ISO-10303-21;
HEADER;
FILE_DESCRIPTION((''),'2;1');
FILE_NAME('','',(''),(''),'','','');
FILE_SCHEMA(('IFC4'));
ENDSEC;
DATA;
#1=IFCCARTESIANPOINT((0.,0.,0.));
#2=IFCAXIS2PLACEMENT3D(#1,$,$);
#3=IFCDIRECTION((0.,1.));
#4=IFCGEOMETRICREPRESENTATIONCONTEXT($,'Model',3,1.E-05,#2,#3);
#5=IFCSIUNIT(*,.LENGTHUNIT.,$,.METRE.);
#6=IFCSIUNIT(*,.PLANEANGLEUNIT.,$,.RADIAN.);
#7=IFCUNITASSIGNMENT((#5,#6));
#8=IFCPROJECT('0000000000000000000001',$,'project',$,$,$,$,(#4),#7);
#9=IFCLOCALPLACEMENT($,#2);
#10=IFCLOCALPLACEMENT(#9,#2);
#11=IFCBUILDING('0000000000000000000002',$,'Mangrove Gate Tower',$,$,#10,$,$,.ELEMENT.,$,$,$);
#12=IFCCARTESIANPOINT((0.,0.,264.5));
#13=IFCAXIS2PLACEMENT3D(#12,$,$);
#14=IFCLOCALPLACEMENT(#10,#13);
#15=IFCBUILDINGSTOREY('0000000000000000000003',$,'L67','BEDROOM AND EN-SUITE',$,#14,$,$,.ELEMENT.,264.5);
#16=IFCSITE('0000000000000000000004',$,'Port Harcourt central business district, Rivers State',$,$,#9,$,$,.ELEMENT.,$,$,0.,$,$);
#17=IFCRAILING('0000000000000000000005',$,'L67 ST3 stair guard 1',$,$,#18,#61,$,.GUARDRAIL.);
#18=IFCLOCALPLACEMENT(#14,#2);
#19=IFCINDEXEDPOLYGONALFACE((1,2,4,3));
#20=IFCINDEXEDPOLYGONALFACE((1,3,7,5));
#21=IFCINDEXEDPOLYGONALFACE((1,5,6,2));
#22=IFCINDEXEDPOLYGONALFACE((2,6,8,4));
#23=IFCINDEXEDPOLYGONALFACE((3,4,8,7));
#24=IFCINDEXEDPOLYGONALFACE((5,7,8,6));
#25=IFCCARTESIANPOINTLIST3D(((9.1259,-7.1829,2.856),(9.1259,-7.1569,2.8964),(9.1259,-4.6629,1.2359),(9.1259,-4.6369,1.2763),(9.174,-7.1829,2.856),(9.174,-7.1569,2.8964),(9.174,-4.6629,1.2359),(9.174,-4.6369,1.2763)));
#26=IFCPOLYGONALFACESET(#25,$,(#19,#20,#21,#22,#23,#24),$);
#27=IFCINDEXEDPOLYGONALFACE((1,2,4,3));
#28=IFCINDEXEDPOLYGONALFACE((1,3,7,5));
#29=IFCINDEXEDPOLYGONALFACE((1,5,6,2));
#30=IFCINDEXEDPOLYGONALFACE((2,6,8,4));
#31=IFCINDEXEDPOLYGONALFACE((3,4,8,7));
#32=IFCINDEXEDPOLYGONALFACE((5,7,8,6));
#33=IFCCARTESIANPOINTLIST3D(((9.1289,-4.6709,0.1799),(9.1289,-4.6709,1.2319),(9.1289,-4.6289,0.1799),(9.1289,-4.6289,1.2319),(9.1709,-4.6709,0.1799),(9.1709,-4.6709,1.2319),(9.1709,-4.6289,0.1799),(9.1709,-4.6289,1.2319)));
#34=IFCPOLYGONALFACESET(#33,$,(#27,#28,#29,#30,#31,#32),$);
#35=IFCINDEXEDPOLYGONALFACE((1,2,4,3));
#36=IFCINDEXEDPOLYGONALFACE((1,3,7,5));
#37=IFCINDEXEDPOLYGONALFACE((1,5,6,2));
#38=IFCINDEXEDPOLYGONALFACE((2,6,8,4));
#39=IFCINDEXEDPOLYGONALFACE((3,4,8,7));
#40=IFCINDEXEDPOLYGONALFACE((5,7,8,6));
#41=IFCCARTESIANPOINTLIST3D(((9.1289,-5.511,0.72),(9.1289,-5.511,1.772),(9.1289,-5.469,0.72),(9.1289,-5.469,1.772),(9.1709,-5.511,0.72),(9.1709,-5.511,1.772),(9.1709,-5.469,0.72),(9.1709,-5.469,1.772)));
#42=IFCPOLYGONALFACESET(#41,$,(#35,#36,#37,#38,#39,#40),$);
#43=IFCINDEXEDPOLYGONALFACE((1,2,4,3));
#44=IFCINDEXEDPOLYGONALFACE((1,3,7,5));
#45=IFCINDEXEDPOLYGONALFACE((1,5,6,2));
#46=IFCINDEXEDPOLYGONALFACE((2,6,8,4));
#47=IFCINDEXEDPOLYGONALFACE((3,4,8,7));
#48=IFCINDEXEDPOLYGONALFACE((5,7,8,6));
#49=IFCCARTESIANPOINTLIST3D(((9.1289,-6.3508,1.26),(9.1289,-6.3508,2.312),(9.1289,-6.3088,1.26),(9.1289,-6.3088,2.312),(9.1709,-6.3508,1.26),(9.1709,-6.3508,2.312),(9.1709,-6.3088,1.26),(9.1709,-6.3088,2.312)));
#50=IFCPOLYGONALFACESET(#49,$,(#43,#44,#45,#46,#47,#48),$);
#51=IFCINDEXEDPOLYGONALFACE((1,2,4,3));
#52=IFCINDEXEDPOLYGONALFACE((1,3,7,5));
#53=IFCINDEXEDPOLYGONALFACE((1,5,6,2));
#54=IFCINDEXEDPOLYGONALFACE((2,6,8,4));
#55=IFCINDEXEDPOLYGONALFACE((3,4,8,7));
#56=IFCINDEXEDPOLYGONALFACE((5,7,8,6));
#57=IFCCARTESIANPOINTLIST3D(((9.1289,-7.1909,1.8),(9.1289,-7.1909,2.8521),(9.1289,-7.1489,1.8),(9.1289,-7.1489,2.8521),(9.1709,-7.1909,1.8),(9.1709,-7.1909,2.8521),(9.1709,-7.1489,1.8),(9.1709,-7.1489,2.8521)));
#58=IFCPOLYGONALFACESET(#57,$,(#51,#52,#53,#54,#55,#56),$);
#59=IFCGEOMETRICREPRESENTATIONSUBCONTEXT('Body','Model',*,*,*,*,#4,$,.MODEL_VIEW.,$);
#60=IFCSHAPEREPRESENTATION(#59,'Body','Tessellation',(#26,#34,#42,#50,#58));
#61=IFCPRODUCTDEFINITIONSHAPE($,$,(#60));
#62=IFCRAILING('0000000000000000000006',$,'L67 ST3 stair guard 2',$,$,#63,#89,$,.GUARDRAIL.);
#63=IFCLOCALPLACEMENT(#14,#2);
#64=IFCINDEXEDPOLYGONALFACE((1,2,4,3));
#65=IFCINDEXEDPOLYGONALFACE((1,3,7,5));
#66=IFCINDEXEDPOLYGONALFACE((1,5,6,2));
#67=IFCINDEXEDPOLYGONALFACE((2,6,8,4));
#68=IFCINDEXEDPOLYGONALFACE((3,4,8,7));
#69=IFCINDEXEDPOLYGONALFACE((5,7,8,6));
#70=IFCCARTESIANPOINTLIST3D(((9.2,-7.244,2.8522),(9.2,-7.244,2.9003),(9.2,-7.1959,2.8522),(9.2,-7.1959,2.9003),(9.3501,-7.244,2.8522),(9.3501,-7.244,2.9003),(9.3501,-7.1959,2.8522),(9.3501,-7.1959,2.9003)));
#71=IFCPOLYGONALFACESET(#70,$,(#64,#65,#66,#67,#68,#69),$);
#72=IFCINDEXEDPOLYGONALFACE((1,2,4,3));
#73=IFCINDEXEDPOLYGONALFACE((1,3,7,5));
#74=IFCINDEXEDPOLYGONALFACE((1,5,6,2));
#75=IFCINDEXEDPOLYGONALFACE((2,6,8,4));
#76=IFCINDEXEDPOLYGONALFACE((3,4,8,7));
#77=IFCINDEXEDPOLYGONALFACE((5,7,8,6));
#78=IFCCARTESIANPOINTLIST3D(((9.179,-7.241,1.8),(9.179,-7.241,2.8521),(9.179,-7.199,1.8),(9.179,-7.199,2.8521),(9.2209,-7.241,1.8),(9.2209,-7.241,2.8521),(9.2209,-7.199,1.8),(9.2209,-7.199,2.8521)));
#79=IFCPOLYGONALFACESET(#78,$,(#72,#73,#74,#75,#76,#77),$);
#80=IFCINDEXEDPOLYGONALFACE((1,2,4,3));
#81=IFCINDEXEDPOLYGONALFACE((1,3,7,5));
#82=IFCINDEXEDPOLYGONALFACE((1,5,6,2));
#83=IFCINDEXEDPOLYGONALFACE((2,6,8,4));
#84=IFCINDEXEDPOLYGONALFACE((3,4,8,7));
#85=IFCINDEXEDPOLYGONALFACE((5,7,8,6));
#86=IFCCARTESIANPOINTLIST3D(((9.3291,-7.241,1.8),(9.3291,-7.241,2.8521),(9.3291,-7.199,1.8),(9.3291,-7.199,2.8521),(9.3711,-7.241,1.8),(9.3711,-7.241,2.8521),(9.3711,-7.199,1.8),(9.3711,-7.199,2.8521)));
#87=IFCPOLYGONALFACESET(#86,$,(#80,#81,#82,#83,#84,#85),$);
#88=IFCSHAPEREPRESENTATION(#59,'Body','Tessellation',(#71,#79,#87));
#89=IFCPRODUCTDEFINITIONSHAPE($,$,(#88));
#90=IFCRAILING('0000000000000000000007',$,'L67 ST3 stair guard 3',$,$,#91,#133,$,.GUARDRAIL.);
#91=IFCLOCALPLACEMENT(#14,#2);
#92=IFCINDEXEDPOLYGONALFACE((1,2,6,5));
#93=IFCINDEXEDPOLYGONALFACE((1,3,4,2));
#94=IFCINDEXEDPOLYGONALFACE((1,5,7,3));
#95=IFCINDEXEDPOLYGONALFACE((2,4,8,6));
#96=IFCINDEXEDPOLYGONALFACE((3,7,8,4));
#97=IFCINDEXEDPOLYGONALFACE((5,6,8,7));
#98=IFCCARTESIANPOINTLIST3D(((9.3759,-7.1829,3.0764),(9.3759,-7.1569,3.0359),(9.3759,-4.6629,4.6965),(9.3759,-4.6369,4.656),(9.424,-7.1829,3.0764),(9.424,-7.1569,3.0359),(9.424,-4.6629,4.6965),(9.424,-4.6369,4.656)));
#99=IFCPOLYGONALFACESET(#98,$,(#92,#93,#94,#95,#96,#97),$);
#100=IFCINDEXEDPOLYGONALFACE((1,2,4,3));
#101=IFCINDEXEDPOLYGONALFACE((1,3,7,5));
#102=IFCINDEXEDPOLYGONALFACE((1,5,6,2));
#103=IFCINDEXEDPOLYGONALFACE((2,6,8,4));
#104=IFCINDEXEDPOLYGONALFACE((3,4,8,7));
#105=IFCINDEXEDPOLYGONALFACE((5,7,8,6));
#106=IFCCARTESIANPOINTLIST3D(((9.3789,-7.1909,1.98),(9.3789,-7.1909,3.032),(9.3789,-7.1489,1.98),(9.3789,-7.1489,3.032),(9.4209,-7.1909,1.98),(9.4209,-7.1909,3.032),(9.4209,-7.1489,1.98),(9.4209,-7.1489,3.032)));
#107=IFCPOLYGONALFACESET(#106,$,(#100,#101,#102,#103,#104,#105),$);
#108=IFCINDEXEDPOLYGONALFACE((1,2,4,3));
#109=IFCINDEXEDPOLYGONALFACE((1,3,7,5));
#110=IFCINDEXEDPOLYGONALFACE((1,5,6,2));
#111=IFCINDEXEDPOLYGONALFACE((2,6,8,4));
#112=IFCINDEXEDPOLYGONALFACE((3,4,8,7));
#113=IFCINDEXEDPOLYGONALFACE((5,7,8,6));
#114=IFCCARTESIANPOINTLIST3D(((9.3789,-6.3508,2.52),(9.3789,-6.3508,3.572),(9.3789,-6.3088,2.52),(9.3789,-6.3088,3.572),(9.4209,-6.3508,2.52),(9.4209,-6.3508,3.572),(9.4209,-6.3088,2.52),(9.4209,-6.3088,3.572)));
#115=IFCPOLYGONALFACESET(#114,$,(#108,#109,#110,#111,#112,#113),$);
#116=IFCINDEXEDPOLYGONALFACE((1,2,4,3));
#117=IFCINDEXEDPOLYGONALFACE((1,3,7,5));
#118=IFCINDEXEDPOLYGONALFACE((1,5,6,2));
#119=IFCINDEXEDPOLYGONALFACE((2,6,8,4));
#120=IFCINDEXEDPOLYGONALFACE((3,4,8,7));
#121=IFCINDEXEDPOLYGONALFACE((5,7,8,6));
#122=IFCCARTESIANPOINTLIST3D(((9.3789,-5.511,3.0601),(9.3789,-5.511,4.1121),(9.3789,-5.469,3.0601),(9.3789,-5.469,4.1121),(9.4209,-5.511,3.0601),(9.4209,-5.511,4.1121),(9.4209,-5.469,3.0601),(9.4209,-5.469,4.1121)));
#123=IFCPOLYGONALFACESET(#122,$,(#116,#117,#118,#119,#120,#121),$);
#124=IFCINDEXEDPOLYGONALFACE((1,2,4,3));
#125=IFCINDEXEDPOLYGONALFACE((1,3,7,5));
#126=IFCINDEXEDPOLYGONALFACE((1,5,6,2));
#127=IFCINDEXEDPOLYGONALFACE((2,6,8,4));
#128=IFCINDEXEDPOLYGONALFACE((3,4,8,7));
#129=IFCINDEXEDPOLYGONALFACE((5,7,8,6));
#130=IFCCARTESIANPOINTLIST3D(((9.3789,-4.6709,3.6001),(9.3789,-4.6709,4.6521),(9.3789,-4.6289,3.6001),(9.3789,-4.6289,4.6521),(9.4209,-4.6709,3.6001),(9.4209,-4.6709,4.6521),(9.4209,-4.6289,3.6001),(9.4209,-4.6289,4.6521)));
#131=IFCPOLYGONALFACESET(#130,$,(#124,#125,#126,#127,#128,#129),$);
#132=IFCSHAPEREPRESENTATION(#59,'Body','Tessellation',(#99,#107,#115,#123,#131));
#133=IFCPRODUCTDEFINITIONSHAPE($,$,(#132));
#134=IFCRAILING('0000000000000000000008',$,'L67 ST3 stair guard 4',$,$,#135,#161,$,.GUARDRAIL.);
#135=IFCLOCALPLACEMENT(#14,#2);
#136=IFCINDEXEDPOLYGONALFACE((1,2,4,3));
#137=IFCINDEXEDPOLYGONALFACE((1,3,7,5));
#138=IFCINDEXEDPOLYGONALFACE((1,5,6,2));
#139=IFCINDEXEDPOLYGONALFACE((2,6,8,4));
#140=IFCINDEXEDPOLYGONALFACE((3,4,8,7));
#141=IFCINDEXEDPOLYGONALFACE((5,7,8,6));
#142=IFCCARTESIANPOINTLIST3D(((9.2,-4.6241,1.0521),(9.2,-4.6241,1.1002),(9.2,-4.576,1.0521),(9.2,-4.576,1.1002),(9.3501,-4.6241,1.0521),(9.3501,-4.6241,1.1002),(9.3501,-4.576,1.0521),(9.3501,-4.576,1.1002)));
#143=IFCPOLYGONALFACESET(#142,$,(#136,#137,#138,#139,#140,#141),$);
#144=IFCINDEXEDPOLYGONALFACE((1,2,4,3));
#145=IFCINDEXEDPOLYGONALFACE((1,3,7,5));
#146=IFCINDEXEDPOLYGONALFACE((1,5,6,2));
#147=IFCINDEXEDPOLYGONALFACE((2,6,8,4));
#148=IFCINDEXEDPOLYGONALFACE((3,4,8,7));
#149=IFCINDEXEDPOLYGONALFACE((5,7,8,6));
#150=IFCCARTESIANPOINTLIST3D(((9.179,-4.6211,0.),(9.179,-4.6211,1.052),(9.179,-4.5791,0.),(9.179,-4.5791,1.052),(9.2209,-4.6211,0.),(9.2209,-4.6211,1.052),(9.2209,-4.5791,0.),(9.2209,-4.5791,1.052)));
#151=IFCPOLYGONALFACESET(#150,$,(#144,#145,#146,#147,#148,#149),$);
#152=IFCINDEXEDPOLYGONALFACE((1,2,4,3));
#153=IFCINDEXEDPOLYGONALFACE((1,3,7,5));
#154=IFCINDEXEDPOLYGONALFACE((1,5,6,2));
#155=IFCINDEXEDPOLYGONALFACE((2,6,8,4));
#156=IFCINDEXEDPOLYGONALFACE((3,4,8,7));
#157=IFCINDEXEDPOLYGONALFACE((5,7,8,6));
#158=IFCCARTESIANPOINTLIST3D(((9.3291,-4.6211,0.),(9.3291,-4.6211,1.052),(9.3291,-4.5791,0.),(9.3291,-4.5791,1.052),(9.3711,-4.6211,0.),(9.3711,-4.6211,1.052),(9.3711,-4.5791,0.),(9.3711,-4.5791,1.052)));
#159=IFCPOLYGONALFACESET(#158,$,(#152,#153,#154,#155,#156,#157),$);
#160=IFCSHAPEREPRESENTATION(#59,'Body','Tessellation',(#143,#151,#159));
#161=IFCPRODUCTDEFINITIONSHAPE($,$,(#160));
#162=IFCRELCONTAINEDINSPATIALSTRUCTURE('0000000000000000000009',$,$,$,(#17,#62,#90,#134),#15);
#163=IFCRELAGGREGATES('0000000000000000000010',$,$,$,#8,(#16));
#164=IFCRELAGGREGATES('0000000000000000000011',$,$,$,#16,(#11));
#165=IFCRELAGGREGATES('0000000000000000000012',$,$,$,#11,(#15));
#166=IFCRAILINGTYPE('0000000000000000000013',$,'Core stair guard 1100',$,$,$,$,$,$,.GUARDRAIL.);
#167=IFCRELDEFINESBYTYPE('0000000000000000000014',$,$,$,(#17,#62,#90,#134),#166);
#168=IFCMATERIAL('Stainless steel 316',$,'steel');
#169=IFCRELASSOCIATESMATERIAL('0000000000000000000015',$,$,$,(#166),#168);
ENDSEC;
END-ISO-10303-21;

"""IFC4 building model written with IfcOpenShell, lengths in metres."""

from ifc_helpers import new_model, si_unit, direction, frame, origin, origin_2d, place, context, subcontext, project, spatial, rectangle, extrude, material, type_object, element, save


model = new_model("IFC4")

# Units and contexts
model_context = context("Model", 3, precision=1e-05, world=origin(), true_north=direction((0.0, 1.0)))
body_context = subcontext(model_context, "Body", "Model", "MODEL_VIEW")
ifc_project = project(units=[si_unit("LENGTHUNIT", "METRE"), si_unit("PLANEANGLEUNIT", "RADIAN")], contexts=[model_context])

# Site, building, storey
site_placement = place(None, origin())
site = spatial("IfcSite", under=ifc_project, at=site_placement, Name="Port Harcourt central business district, Rivers State", CompositionType="ELEMENT", RefElevation=0.0)
building_placement = place(site_placement, origin())
building = spatial("IfcBuilding", under=site, at=building_placement, Name="Mangrove Gate Tower", CompositionType="ELEMENT")
storey_placement = place(building_placement, frame((0.0, 0.0, 264.5)))
storey = spatial("IfcBuildingStorey", under=building, at=storey_placement, Name="L67", Description="BEDROOM AND EN-SUITE", CompositionType="ELEMENT", Elevation=264.5)

# Railings
ifc_material_1 = material(Name="Stainless steel 316", Category="steel")
railing_type_1 = type_object("IfcRailingType", Name="Core stair guard 1100", PredefinedType="GUARDRAIL", material=ifc_material_1)
railing_1_placement = place(storey_placement, frame((9.1499, -4.6499, 0.1799)))
element("IfcRailing", 1, at=railing_1_placement, inside=storey, type_object=railing_type_1, Name="L67 ST3 stair guard 1", PredefinedType="GUARDRAIL", context=body_context, shape_type="SweptSolid", body=[
    extrude(rectangle(XDim=0.0481, YDim=0.0481, at=origin_2d()), frame((0.0, 0.0, 1.0762), z_axis=(0.0, -0.841163, 0.540782), x_axis=(1.0, 0.0, 0.0)), (0.0, 0.0, 1.0), 2.9958),
    extrude(rectangle(XDim=0.042, YDim=0.042, at=origin_2d()), origin(), (0.0, 0.0, 1.0), 1.052),
    extrude(rectangle(XDim=0.042, YDim=0.042, at=origin_2d()), frame((0.0, -0.8401, 0.54)), (0.0, 0.0, 1.0), 1.052),
    extrude(rectangle(XDim=0.042, YDim=0.042, at=origin_2d()), frame((0.0, -1.6799, 1.0801)), (0.0, 0.0, 1.0), 1.052),
    extrude(rectangle(XDim=0.042, YDim=0.042, at=origin_2d()), frame((0.0, -2.52, 1.6201)), (0.0, 0.0, 1.0), 1.052),
])
railing_2_placement = place(storey_placement, frame((9.2, -7.22, 1.8)))
element("IfcRailing", 2, at=railing_2_placement, inside=storey, type_object=railing_type_1, Name="L67 ST3 stair guard 2", PredefinedType="GUARDRAIL", context=body_context, shape_type="SweptSolid", body=[
    extrude(rectangle(XDim=0.0481, YDim=0.0481, at=origin_2d()), frame((0.0, 0.0, 1.0762), z_axis=(1.0, 0.0, 0.0), x_axis=(0.0, 1.0, 0.0)), (0.0, 0.0, 1.0), 0.1501),
    extrude(rectangle(XDim=0.042, YDim=0.042, at=origin_2d()), origin(), (0.0, 0.0, 1.0), 1.052),
    extrude(rectangle(XDim=0.042, YDim=0.042, at=origin_2d()), frame((0.1501, 0.0, 0.0)), (0.0, 0.0, 1.0), 1.052),
])
railing_3_placement = place(storey_placement, frame((9.3999, -7.1699, 1.98)))
element("IfcRailing", 3, at=railing_3_placement, inside=storey, type_object=railing_type_1, Name="L67 ST3 stair guard 3", PredefinedType="GUARDRAIL", context=body_context, shape_type="SweptSolid", body=[
    extrude(rectangle(XDim=0.0481, YDim=0.0481, at=origin_2d()), frame((0.0, 0.0, 1.0762), z_axis=(0.0, 0.841163, 0.540782), x_axis=(-1.0, 0.0, 0.0)), (0.0, 0.0, 1.0), 2.9958),
    extrude(rectangle(XDim=0.042, YDim=0.042, at=origin_2d()), origin(), (0.0, 0.0, 1.0), 1.052),
    extrude(rectangle(XDim=0.042, YDim=0.042, at=origin_2d()), frame((0.0, 0.8401, 0.54)), (0.0, 0.0, 1.0), 1.052),
    extrude(rectangle(XDim=0.042, YDim=0.042, at=origin_2d()), frame((0.0, 1.6799, 1.0801)), (0.0, 0.0, 1.0), 1.052),
    extrude(rectangle(XDim=0.042, YDim=0.042, at=origin_2d()), frame((0.0, 2.52, 1.6201)), (0.0, 0.0, 1.0), 1.052),
])
railing_4_placement = place(storey_placement, frame((9.2, -4.6001, 0.0)))
element("IfcRailing", 4, at=railing_4_placement, inside=storey, type_object=railing_type_1, Name="L67 ST3 stair guard 4", PredefinedType="GUARDRAIL", context=body_context, shape_type="SweptSolid", body=[
    extrude(rectangle(XDim=0.0481, YDim=0.0481, at=origin_2d()), frame((0.0, 0.0, 1.0762), z_axis=(1.0, 0.0, 0.0), x_axis=(0.0, 1.0, 0.0)), (0.0, 0.0, 1.0), 0.1501),
    extrude(rectangle(XDim=0.042, YDim=0.042, at=origin_2d()), origin(), (0.0, 0.0, 1.0), 1.052),
    extrude(rectangle(XDim=0.042, YDim=0.042, at=origin_2d()), frame((0.1501, 0.0, 0.0)), (0.0, 0.0, 1.0), 1.052),
])

save(model, "model.ifc")
